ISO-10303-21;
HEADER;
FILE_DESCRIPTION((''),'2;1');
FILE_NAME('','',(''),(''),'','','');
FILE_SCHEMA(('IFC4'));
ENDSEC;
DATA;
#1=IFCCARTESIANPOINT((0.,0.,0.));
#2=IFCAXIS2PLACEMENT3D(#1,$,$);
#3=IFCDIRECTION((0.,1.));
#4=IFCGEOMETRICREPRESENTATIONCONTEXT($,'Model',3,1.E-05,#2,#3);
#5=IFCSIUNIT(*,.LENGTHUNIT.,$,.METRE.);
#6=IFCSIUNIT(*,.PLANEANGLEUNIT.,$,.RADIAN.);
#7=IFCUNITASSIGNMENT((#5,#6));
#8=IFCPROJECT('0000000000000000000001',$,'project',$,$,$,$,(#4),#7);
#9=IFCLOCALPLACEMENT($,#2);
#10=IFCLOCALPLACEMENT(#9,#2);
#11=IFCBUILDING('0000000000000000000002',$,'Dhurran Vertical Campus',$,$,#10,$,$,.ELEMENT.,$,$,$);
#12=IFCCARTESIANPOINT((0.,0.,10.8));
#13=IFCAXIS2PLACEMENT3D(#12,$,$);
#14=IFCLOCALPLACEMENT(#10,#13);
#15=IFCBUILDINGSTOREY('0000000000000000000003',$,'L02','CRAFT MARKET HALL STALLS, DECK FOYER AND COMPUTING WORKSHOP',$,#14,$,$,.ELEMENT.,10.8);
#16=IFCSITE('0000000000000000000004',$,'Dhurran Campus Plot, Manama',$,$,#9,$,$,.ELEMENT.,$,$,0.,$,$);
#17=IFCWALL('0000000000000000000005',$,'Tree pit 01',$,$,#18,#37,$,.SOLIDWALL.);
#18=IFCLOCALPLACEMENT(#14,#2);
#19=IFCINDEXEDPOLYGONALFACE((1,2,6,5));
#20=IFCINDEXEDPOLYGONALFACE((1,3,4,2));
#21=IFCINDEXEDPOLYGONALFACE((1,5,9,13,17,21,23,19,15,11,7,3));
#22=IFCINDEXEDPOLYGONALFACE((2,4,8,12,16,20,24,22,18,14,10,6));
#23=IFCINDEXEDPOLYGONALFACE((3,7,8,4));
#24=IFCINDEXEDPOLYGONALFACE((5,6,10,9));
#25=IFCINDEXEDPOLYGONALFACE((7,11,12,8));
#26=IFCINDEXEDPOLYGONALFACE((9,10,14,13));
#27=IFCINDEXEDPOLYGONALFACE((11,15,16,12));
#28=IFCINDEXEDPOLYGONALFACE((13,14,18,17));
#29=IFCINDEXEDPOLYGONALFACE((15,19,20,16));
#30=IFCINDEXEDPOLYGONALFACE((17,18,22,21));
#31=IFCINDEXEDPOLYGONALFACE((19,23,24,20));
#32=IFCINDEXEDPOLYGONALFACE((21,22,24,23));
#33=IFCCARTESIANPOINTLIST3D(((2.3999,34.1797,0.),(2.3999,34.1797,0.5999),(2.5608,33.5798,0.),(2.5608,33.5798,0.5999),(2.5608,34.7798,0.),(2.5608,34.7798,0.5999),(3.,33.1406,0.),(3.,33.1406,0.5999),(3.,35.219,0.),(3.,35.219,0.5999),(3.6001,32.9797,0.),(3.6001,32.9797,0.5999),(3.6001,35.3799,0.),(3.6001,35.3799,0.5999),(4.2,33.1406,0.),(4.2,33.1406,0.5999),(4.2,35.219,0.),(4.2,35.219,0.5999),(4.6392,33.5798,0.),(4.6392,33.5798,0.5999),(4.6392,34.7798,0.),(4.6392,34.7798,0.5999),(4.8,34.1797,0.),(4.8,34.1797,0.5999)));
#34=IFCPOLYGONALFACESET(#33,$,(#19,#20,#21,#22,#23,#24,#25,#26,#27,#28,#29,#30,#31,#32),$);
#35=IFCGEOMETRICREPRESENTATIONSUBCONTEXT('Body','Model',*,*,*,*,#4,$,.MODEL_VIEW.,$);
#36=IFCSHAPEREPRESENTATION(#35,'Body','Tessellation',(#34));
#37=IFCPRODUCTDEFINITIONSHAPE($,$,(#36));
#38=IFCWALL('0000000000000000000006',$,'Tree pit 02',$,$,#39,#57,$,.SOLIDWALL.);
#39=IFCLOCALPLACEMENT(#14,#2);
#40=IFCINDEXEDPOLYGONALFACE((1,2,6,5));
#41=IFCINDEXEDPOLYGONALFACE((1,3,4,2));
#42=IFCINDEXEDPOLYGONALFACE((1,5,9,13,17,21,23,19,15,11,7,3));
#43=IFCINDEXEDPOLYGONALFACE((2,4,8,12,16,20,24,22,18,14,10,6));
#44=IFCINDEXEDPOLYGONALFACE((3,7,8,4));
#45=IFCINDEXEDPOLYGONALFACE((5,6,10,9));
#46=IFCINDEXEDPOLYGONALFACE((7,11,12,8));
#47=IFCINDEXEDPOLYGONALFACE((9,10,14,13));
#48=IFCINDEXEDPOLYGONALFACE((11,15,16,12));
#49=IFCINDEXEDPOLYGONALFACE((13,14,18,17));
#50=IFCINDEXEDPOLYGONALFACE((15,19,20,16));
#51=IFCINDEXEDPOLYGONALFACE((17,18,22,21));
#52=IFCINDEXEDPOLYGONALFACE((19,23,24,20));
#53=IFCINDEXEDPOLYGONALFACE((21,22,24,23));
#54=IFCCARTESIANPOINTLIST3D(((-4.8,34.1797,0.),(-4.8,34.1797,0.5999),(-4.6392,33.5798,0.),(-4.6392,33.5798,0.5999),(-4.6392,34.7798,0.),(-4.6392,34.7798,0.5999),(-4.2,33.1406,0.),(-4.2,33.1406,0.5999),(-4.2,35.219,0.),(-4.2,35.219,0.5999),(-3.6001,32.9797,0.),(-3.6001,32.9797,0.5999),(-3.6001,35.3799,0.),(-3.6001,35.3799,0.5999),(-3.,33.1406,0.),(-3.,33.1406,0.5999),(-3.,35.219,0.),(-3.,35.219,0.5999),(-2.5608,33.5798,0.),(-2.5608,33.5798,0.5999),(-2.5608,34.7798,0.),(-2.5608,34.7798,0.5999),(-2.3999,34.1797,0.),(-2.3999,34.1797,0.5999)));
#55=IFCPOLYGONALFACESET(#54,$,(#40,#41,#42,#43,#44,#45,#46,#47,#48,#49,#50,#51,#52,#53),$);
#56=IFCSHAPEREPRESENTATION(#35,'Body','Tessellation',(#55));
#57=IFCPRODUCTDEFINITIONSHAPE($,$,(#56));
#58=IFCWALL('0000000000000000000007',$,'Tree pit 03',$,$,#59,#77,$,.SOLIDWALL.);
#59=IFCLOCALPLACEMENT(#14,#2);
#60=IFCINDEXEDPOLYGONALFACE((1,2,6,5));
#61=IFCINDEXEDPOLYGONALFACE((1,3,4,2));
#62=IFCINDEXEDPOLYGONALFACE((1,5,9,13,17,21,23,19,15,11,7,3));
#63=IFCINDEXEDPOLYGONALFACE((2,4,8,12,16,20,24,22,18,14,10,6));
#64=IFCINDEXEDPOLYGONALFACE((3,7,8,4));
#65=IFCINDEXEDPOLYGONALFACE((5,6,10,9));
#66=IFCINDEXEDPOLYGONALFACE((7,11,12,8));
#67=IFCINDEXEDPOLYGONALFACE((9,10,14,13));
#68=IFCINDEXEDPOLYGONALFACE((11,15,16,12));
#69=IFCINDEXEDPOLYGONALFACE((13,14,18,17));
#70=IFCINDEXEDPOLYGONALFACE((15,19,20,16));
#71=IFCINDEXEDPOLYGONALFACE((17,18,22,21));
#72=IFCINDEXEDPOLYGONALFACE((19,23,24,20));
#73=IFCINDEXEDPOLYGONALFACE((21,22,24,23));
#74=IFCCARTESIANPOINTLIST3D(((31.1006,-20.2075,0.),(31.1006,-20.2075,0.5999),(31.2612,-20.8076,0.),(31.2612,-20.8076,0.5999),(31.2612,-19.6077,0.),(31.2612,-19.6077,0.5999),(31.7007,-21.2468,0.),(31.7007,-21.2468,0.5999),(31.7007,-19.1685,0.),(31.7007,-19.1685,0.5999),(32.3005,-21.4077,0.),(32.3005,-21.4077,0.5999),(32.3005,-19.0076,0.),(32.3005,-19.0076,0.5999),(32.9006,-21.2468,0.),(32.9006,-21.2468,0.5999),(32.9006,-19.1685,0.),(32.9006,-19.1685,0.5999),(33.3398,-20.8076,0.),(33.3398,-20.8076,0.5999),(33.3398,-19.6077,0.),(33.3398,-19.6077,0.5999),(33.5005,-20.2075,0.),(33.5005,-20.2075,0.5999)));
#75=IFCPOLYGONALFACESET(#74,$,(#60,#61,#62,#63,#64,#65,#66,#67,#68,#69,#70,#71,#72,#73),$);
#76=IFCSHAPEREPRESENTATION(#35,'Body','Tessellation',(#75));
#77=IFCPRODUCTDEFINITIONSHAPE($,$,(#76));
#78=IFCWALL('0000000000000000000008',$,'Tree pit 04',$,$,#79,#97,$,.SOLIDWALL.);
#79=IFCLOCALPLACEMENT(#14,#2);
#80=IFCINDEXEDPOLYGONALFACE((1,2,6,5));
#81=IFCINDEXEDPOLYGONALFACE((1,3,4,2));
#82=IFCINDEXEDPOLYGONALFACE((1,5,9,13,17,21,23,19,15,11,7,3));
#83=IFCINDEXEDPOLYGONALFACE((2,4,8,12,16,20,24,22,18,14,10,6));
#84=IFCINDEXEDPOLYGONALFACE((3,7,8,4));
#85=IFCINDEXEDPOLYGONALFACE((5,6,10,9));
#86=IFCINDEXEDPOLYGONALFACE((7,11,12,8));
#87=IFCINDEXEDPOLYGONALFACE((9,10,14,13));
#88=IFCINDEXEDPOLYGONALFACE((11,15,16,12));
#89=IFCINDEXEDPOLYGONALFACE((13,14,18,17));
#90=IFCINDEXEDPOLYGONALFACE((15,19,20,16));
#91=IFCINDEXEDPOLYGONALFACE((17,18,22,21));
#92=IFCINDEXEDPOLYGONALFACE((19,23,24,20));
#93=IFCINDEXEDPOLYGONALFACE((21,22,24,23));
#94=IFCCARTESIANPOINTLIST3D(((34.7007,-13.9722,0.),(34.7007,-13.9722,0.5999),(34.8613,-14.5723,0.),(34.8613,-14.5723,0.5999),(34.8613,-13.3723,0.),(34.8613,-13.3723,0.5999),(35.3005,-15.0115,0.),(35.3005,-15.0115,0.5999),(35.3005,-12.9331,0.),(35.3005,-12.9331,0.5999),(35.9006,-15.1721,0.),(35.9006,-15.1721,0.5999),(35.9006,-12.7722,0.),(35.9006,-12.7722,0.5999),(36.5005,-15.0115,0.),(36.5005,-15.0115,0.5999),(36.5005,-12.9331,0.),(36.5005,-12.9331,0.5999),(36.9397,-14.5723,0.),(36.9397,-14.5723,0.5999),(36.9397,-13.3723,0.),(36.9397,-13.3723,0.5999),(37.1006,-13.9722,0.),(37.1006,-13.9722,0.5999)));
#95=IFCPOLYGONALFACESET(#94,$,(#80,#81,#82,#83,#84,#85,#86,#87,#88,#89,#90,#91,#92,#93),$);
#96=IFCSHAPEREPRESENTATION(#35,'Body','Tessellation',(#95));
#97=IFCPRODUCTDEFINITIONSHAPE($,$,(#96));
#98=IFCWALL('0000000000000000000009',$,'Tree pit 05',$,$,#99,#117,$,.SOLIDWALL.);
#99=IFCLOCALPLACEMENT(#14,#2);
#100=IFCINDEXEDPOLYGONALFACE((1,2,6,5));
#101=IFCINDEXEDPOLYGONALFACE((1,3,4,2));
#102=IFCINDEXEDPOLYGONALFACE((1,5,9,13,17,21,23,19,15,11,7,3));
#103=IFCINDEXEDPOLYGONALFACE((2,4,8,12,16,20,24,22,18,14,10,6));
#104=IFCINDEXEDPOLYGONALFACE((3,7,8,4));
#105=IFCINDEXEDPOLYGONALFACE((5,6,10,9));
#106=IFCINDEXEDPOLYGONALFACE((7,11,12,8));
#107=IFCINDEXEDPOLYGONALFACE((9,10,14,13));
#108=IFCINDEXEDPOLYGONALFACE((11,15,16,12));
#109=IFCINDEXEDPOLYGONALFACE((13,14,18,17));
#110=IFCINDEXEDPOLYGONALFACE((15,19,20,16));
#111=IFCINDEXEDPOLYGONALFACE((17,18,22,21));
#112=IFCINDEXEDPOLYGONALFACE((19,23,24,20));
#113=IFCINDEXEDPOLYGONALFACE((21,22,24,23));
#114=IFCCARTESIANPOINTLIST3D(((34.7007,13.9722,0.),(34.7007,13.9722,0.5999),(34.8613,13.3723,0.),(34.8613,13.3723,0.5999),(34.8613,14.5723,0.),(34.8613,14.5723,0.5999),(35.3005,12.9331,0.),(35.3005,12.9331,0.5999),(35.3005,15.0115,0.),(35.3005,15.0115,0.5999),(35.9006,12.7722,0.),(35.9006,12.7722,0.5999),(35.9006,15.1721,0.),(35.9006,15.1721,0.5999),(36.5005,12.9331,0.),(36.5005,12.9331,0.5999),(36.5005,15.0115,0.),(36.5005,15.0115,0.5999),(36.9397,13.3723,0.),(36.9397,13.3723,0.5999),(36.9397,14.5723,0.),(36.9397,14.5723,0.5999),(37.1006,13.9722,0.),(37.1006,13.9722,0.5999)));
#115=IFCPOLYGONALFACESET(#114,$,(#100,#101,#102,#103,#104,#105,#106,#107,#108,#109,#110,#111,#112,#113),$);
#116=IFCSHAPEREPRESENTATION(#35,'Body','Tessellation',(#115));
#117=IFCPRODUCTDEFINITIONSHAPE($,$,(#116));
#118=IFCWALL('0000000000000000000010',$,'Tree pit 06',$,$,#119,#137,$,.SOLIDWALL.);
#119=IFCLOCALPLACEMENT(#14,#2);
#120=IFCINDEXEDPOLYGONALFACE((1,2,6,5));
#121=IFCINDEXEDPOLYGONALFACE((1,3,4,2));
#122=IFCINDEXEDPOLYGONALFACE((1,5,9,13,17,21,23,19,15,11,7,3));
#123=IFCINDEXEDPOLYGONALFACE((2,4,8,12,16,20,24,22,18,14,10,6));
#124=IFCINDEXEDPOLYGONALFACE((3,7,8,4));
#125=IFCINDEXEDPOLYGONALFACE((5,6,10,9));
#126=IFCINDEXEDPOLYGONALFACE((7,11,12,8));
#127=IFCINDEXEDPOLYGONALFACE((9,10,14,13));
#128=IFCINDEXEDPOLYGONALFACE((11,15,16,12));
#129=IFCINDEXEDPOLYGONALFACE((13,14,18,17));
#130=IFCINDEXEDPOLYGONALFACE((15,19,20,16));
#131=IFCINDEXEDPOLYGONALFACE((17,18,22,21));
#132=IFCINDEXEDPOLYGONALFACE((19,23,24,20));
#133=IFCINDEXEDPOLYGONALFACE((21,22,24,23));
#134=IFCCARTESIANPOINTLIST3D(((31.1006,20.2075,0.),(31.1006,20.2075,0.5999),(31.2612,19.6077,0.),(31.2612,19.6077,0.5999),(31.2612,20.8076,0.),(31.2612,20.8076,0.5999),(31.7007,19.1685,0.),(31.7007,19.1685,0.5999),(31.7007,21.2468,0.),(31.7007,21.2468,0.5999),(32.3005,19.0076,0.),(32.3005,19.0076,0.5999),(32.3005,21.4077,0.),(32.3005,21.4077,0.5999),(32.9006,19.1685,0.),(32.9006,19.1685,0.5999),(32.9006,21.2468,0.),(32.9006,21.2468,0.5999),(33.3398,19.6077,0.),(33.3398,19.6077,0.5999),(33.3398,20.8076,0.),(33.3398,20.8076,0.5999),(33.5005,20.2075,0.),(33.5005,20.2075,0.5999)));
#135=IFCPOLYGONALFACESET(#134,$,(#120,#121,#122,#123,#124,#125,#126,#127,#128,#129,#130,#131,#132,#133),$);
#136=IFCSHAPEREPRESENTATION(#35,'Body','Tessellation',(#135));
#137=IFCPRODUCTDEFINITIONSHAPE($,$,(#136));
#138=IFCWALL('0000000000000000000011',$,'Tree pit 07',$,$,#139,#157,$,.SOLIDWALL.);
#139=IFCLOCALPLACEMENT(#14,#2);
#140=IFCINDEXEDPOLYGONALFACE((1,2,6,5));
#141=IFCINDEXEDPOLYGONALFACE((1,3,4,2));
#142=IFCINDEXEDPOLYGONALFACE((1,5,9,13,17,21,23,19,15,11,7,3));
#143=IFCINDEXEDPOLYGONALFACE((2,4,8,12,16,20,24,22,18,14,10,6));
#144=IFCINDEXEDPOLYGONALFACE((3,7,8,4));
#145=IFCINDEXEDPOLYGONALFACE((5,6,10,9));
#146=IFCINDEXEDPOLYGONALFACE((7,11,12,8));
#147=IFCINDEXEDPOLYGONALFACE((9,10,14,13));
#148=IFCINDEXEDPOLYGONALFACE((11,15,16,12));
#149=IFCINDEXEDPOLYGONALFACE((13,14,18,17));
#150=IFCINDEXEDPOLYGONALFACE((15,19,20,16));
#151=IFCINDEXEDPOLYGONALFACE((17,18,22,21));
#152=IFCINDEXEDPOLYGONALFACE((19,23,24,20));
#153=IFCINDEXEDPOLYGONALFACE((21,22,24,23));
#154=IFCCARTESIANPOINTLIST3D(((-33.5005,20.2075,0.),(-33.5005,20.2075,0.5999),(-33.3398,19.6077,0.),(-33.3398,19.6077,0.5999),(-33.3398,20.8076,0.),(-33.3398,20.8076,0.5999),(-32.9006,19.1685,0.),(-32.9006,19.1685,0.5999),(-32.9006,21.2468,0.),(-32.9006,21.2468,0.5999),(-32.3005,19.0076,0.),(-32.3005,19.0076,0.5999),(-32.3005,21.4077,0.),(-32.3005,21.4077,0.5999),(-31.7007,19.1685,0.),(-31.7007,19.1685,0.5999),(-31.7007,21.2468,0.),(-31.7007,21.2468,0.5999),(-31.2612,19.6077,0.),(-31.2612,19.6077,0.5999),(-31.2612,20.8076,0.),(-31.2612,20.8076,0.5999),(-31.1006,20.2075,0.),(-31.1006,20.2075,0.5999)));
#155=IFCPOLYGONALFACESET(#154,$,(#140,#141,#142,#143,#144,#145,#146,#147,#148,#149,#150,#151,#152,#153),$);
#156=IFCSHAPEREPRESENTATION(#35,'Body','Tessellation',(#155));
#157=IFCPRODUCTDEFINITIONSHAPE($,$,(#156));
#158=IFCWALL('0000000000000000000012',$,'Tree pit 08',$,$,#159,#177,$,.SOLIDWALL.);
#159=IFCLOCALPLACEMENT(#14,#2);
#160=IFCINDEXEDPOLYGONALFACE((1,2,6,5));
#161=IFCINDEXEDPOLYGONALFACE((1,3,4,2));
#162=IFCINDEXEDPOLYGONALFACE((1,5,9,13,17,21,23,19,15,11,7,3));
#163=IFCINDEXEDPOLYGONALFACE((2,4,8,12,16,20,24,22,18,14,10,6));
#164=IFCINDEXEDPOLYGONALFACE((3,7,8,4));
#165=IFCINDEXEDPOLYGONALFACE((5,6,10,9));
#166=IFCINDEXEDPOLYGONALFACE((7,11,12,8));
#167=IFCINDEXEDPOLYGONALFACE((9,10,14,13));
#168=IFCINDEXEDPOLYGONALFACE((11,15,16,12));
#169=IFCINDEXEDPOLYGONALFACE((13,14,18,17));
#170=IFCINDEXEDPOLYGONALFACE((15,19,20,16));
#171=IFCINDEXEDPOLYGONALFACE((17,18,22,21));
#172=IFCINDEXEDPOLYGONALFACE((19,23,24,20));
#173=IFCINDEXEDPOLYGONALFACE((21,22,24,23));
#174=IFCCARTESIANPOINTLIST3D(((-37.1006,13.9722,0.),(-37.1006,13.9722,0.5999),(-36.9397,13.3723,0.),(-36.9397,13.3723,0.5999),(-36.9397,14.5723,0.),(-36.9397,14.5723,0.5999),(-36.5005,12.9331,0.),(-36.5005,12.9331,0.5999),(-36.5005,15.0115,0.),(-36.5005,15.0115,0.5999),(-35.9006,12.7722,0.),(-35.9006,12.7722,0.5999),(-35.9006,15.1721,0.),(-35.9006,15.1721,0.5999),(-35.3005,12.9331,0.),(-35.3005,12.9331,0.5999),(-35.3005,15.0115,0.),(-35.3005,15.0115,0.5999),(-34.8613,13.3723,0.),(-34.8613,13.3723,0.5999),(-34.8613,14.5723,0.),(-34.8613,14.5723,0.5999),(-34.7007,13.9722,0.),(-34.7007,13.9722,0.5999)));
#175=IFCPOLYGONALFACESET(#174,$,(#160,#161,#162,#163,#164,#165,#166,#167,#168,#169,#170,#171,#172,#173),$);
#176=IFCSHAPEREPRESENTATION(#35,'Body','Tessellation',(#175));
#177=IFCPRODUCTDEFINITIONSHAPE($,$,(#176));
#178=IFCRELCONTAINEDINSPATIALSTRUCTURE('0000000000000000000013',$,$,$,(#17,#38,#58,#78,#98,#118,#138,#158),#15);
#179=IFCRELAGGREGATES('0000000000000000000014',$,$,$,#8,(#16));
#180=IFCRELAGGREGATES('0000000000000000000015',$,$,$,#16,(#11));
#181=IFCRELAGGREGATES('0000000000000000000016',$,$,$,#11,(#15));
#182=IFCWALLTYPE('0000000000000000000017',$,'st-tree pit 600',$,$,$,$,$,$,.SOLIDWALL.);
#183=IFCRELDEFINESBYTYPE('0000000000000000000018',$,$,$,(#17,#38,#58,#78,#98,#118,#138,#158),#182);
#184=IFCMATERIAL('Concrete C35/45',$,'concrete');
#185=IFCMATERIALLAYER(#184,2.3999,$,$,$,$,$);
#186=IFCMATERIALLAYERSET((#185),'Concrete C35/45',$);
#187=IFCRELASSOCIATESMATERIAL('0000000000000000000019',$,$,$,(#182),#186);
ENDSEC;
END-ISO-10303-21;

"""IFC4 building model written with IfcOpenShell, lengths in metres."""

from ifc_helpers import new_model, si_unit, direction, frame, origin, place, context, subcontext, project, spatial, polyline, outline, extrude, material, layer, layer_set, type_object, element, save


model = new_model("IFC4")

# Units and contexts
model_context = context("Model", 3, precision=1e-05, world=origin(), true_north=direction((0.0, 1.0)))
body_context = subcontext(model_context, "Body", "Model", "MODEL_VIEW")
ifc_project = project(units=[si_unit("LENGTHUNIT", "METRE"), si_unit("PLANEANGLEUNIT", "RADIAN")], contexts=[model_context])

# Site, building, storey
site_placement = place(None, origin())
site = spatial("IfcSite", under=ifc_project, at=site_placement, Name="Dhurran Campus Plot, Manama", CompositionType="ELEMENT", RefElevation=0.0)
building_placement = place(site_placement, origin())
building = spatial("IfcBuilding", under=site, at=building_placement, Name="Dhurran Vertical Campus", CompositionType="ELEMENT")
storey_placement = place(building_placement, frame((0.0, 0.0, 10.8)))
storey = spatial("IfcBuildingStorey", under=building, at=storey_placement, Name="L02", Description="CRAFT MARKET HALL STALLS, DECK FOYER AND COMPUTING WORKSHOP", CompositionType="ELEMENT", Elevation=10.8)

# Walls
ifc_material_1 = material(Name="Concrete C35/45", Category="concrete")
ifc_layer_1 = layer(ifc_material_1, 2.3999)
ifc_layer_set_1 = layer_set([ifc_layer_1], Name="Concrete C35/45")
wall_type_1 = type_object("IfcWallType", Name="st-tree pit 600", PredefinedType="SOLIDWALL", material=ifc_layer_set_1)
wall_1_placement = place(storey_placement, origin())
element("IfcWall", 1, at=wall_1_placement, inside=storey, type_object=wall_type_1, Name="Tree pit 01", PredefinedType="SOLIDWALL", context=body_context, shape_type="SweptSolid", body=[
    extrude(outline(polyline([(4.8, 34.1797), (4.6392, 33.5798), (4.2, 33.1406), (3.6001, 32.9797), (3.0, 33.1406), (2.5608, 33.5798), (2.3999, 34.1797), (2.5608, 34.7798), (3.0, 35.219), (3.6001, 35.3799), (4.2, 35.219), (4.6392, 34.7798), (4.8, 34.1797)])), origin(), (0.0, 0.0, 1.0), 0.5999),
])
wall_2_placement = place(storey_placement, origin())
element("IfcWall", 2, at=wall_2_placement, inside=storey, type_object=wall_type_1, Name="Tree pit 02", PredefinedType="SOLIDWALL", context=body_context, shape_type="SweptSolid", body=[
    extrude(outline(polyline([(-2.3999, 34.1797), (-2.5608, 33.5798), (-3.0, 33.1406), (-3.6001, 32.9797), (-4.2, 33.1406), (-4.6392, 33.5798), (-4.8, 34.1797), (-4.6392, 34.7798), (-4.2, 35.219), (-3.6001, 35.3799), (-3.0, 35.219), (-2.5608, 34.7798), (-2.3999, 34.1797)])), origin(), (0.0, 0.0, 1.0), 0.5999),
])
wall_3_placement = place(storey_placement, origin())
element("IfcWall", 3, at=wall_3_placement, inside=storey, type_object=wall_type_1, Name="Tree pit 03", PredefinedType="SOLIDWALL", context=body_context, shape_type="SweptSolid", body=[
    extrude(outline(polyline([(33.5005, -20.2075), (33.3398, -20.8076), (32.9006, -21.2468), (32.3005, -21.4077), (31.7007, -21.2468), (31.2612, -20.8076), (31.1006, -20.2075), (31.2612, -19.6077), (31.7007, -19.1685), (32.3005, -19.0076), (32.9006, -19.1685), (33.3398, -19.6077), (33.5005, -20.2075)])), origin(), (0.0, 0.0, 1.0), 0.5999),
])
wall_4_placement = place(storey_placement, origin())
element("IfcWall", 4, at=wall_4_placement, inside=storey, type_object=wall_type_1, Name="Tree pit 04", PredefinedType="SOLIDWALL", context=body_context, shape_type="SweptSolid", body=[
    extrude(outline(polyline([(37.1006, -13.9722), (36.9397, -14.5723), (36.5005, -15.0115), (35.9006, -15.1721), (35.3005, -15.0115), (34.8613, -14.5723), (34.7007, -13.9722), (34.8613, -13.3723), (35.3005, -12.9331), (35.9006, -12.7722), (36.5005, -12.9331), (36.9397, -13.3723), (37.1006, -13.9722)])), origin(), (0.0, 0.0, 1.0), 0.5999),
])
wall_5_placement = place(storey_placement, origin())
element("IfcWall", 5, at=wall_5_placement, inside=storey, type_object=wall_type_1, Name="Tree pit 05", PredefinedType="SOLIDWALL", context=body_context, shape_type="SweptSolid", body=[
    extrude(outline(polyline([(37.1006, 13.9722), (36.9397, 13.3723), (36.5005, 12.9331), (35.9006, 12.7722), (35.3005, 12.9331), (34.8613, 13.3723), (34.7007, 13.9722), (34.8613, 14.5723), (35.3005, 15.0115), (35.9006, 15.1721), (36.5005, 15.0115), (36.9397, 14.5723), (37.1006, 13.9722)])), origin(), (0.0, 0.0, 1.0), 0.5999),
])
wall_6_placement = place(storey_placement, origin())
element("IfcWall", 6, at=wall_6_placement, inside=storey, type_object=wall_type_1, Name="Tree pit 06", PredefinedType="SOLIDWALL", context=body_context, shape_type="SweptSolid", body=[
    extrude(outline(polyline([(33.5005, 20.2075), (33.3398, 19.6077), (32.9006, 19.1685), (32.3005, 19.0076), (31.7007, 19.1685), (31.2612, 19.6077), (31.1006, 20.2075), (31.2612, 20.8076), (31.7007, 21.2468), (32.3005, 21.4077), (32.9006, 21.2468), (33.3398, 20.8076), (33.5005, 20.2075)])), origin(), (0.0, 0.0, 1.0), 0.5999),
])
wall_7_placement = place(storey_placement, origin())
element("IfcWall", 7, at=wall_7_placement, inside=storey, type_object=wall_type_1, Name="Tree pit 07", PredefinedType="SOLIDWALL", context=body_context, shape_type="SweptSolid", body=[
    extrude(outline(polyline([(-31.1006, 20.2075), (-31.2612, 19.6077), (-31.7007, 19.1685), (-32.3005, 19.0076), (-32.9006, 19.1685), (-33.3398, 19.6077), (-33.5005, 20.2075), (-33.3398, 20.8076), (-32.9006, 21.2468), (-32.3005, 21.4077), (-31.7007, 21.2468), (-31.2612, 20.8076), (-31.1006, 20.2075)])), origin(), (0.0, 0.0, 1.0), 0.5999),
])
wall_8_placement = place(storey_placement, origin())
element("IfcWall", 8, at=wall_8_placement, inside=storey, type_object=wall_type_1, Name="Tree pit 08", PredefinedType="SOLIDWALL", context=body_context, shape_type="SweptSolid", body=[
    extrude(outline(polyline([(-34.7007, 13.9722), (-34.8613, 13.3723), (-35.3005, 12.9331), (-35.9006, 12.7722), (-36.5005, 12.9331), (-36.9397, 13.3723), (-37.1006, 13.9722), (-36.9397, 14.5723), (-36.5005, 15.0115), (-35.9006, 15.1721), (-35.3005, 15.0115), (-34.8613, 14.5723), (-34.7007, 13.9722)])), origin(), (0.0, 0.0, 1.0), 0.5999),
])

save(model, "model.ifc")
